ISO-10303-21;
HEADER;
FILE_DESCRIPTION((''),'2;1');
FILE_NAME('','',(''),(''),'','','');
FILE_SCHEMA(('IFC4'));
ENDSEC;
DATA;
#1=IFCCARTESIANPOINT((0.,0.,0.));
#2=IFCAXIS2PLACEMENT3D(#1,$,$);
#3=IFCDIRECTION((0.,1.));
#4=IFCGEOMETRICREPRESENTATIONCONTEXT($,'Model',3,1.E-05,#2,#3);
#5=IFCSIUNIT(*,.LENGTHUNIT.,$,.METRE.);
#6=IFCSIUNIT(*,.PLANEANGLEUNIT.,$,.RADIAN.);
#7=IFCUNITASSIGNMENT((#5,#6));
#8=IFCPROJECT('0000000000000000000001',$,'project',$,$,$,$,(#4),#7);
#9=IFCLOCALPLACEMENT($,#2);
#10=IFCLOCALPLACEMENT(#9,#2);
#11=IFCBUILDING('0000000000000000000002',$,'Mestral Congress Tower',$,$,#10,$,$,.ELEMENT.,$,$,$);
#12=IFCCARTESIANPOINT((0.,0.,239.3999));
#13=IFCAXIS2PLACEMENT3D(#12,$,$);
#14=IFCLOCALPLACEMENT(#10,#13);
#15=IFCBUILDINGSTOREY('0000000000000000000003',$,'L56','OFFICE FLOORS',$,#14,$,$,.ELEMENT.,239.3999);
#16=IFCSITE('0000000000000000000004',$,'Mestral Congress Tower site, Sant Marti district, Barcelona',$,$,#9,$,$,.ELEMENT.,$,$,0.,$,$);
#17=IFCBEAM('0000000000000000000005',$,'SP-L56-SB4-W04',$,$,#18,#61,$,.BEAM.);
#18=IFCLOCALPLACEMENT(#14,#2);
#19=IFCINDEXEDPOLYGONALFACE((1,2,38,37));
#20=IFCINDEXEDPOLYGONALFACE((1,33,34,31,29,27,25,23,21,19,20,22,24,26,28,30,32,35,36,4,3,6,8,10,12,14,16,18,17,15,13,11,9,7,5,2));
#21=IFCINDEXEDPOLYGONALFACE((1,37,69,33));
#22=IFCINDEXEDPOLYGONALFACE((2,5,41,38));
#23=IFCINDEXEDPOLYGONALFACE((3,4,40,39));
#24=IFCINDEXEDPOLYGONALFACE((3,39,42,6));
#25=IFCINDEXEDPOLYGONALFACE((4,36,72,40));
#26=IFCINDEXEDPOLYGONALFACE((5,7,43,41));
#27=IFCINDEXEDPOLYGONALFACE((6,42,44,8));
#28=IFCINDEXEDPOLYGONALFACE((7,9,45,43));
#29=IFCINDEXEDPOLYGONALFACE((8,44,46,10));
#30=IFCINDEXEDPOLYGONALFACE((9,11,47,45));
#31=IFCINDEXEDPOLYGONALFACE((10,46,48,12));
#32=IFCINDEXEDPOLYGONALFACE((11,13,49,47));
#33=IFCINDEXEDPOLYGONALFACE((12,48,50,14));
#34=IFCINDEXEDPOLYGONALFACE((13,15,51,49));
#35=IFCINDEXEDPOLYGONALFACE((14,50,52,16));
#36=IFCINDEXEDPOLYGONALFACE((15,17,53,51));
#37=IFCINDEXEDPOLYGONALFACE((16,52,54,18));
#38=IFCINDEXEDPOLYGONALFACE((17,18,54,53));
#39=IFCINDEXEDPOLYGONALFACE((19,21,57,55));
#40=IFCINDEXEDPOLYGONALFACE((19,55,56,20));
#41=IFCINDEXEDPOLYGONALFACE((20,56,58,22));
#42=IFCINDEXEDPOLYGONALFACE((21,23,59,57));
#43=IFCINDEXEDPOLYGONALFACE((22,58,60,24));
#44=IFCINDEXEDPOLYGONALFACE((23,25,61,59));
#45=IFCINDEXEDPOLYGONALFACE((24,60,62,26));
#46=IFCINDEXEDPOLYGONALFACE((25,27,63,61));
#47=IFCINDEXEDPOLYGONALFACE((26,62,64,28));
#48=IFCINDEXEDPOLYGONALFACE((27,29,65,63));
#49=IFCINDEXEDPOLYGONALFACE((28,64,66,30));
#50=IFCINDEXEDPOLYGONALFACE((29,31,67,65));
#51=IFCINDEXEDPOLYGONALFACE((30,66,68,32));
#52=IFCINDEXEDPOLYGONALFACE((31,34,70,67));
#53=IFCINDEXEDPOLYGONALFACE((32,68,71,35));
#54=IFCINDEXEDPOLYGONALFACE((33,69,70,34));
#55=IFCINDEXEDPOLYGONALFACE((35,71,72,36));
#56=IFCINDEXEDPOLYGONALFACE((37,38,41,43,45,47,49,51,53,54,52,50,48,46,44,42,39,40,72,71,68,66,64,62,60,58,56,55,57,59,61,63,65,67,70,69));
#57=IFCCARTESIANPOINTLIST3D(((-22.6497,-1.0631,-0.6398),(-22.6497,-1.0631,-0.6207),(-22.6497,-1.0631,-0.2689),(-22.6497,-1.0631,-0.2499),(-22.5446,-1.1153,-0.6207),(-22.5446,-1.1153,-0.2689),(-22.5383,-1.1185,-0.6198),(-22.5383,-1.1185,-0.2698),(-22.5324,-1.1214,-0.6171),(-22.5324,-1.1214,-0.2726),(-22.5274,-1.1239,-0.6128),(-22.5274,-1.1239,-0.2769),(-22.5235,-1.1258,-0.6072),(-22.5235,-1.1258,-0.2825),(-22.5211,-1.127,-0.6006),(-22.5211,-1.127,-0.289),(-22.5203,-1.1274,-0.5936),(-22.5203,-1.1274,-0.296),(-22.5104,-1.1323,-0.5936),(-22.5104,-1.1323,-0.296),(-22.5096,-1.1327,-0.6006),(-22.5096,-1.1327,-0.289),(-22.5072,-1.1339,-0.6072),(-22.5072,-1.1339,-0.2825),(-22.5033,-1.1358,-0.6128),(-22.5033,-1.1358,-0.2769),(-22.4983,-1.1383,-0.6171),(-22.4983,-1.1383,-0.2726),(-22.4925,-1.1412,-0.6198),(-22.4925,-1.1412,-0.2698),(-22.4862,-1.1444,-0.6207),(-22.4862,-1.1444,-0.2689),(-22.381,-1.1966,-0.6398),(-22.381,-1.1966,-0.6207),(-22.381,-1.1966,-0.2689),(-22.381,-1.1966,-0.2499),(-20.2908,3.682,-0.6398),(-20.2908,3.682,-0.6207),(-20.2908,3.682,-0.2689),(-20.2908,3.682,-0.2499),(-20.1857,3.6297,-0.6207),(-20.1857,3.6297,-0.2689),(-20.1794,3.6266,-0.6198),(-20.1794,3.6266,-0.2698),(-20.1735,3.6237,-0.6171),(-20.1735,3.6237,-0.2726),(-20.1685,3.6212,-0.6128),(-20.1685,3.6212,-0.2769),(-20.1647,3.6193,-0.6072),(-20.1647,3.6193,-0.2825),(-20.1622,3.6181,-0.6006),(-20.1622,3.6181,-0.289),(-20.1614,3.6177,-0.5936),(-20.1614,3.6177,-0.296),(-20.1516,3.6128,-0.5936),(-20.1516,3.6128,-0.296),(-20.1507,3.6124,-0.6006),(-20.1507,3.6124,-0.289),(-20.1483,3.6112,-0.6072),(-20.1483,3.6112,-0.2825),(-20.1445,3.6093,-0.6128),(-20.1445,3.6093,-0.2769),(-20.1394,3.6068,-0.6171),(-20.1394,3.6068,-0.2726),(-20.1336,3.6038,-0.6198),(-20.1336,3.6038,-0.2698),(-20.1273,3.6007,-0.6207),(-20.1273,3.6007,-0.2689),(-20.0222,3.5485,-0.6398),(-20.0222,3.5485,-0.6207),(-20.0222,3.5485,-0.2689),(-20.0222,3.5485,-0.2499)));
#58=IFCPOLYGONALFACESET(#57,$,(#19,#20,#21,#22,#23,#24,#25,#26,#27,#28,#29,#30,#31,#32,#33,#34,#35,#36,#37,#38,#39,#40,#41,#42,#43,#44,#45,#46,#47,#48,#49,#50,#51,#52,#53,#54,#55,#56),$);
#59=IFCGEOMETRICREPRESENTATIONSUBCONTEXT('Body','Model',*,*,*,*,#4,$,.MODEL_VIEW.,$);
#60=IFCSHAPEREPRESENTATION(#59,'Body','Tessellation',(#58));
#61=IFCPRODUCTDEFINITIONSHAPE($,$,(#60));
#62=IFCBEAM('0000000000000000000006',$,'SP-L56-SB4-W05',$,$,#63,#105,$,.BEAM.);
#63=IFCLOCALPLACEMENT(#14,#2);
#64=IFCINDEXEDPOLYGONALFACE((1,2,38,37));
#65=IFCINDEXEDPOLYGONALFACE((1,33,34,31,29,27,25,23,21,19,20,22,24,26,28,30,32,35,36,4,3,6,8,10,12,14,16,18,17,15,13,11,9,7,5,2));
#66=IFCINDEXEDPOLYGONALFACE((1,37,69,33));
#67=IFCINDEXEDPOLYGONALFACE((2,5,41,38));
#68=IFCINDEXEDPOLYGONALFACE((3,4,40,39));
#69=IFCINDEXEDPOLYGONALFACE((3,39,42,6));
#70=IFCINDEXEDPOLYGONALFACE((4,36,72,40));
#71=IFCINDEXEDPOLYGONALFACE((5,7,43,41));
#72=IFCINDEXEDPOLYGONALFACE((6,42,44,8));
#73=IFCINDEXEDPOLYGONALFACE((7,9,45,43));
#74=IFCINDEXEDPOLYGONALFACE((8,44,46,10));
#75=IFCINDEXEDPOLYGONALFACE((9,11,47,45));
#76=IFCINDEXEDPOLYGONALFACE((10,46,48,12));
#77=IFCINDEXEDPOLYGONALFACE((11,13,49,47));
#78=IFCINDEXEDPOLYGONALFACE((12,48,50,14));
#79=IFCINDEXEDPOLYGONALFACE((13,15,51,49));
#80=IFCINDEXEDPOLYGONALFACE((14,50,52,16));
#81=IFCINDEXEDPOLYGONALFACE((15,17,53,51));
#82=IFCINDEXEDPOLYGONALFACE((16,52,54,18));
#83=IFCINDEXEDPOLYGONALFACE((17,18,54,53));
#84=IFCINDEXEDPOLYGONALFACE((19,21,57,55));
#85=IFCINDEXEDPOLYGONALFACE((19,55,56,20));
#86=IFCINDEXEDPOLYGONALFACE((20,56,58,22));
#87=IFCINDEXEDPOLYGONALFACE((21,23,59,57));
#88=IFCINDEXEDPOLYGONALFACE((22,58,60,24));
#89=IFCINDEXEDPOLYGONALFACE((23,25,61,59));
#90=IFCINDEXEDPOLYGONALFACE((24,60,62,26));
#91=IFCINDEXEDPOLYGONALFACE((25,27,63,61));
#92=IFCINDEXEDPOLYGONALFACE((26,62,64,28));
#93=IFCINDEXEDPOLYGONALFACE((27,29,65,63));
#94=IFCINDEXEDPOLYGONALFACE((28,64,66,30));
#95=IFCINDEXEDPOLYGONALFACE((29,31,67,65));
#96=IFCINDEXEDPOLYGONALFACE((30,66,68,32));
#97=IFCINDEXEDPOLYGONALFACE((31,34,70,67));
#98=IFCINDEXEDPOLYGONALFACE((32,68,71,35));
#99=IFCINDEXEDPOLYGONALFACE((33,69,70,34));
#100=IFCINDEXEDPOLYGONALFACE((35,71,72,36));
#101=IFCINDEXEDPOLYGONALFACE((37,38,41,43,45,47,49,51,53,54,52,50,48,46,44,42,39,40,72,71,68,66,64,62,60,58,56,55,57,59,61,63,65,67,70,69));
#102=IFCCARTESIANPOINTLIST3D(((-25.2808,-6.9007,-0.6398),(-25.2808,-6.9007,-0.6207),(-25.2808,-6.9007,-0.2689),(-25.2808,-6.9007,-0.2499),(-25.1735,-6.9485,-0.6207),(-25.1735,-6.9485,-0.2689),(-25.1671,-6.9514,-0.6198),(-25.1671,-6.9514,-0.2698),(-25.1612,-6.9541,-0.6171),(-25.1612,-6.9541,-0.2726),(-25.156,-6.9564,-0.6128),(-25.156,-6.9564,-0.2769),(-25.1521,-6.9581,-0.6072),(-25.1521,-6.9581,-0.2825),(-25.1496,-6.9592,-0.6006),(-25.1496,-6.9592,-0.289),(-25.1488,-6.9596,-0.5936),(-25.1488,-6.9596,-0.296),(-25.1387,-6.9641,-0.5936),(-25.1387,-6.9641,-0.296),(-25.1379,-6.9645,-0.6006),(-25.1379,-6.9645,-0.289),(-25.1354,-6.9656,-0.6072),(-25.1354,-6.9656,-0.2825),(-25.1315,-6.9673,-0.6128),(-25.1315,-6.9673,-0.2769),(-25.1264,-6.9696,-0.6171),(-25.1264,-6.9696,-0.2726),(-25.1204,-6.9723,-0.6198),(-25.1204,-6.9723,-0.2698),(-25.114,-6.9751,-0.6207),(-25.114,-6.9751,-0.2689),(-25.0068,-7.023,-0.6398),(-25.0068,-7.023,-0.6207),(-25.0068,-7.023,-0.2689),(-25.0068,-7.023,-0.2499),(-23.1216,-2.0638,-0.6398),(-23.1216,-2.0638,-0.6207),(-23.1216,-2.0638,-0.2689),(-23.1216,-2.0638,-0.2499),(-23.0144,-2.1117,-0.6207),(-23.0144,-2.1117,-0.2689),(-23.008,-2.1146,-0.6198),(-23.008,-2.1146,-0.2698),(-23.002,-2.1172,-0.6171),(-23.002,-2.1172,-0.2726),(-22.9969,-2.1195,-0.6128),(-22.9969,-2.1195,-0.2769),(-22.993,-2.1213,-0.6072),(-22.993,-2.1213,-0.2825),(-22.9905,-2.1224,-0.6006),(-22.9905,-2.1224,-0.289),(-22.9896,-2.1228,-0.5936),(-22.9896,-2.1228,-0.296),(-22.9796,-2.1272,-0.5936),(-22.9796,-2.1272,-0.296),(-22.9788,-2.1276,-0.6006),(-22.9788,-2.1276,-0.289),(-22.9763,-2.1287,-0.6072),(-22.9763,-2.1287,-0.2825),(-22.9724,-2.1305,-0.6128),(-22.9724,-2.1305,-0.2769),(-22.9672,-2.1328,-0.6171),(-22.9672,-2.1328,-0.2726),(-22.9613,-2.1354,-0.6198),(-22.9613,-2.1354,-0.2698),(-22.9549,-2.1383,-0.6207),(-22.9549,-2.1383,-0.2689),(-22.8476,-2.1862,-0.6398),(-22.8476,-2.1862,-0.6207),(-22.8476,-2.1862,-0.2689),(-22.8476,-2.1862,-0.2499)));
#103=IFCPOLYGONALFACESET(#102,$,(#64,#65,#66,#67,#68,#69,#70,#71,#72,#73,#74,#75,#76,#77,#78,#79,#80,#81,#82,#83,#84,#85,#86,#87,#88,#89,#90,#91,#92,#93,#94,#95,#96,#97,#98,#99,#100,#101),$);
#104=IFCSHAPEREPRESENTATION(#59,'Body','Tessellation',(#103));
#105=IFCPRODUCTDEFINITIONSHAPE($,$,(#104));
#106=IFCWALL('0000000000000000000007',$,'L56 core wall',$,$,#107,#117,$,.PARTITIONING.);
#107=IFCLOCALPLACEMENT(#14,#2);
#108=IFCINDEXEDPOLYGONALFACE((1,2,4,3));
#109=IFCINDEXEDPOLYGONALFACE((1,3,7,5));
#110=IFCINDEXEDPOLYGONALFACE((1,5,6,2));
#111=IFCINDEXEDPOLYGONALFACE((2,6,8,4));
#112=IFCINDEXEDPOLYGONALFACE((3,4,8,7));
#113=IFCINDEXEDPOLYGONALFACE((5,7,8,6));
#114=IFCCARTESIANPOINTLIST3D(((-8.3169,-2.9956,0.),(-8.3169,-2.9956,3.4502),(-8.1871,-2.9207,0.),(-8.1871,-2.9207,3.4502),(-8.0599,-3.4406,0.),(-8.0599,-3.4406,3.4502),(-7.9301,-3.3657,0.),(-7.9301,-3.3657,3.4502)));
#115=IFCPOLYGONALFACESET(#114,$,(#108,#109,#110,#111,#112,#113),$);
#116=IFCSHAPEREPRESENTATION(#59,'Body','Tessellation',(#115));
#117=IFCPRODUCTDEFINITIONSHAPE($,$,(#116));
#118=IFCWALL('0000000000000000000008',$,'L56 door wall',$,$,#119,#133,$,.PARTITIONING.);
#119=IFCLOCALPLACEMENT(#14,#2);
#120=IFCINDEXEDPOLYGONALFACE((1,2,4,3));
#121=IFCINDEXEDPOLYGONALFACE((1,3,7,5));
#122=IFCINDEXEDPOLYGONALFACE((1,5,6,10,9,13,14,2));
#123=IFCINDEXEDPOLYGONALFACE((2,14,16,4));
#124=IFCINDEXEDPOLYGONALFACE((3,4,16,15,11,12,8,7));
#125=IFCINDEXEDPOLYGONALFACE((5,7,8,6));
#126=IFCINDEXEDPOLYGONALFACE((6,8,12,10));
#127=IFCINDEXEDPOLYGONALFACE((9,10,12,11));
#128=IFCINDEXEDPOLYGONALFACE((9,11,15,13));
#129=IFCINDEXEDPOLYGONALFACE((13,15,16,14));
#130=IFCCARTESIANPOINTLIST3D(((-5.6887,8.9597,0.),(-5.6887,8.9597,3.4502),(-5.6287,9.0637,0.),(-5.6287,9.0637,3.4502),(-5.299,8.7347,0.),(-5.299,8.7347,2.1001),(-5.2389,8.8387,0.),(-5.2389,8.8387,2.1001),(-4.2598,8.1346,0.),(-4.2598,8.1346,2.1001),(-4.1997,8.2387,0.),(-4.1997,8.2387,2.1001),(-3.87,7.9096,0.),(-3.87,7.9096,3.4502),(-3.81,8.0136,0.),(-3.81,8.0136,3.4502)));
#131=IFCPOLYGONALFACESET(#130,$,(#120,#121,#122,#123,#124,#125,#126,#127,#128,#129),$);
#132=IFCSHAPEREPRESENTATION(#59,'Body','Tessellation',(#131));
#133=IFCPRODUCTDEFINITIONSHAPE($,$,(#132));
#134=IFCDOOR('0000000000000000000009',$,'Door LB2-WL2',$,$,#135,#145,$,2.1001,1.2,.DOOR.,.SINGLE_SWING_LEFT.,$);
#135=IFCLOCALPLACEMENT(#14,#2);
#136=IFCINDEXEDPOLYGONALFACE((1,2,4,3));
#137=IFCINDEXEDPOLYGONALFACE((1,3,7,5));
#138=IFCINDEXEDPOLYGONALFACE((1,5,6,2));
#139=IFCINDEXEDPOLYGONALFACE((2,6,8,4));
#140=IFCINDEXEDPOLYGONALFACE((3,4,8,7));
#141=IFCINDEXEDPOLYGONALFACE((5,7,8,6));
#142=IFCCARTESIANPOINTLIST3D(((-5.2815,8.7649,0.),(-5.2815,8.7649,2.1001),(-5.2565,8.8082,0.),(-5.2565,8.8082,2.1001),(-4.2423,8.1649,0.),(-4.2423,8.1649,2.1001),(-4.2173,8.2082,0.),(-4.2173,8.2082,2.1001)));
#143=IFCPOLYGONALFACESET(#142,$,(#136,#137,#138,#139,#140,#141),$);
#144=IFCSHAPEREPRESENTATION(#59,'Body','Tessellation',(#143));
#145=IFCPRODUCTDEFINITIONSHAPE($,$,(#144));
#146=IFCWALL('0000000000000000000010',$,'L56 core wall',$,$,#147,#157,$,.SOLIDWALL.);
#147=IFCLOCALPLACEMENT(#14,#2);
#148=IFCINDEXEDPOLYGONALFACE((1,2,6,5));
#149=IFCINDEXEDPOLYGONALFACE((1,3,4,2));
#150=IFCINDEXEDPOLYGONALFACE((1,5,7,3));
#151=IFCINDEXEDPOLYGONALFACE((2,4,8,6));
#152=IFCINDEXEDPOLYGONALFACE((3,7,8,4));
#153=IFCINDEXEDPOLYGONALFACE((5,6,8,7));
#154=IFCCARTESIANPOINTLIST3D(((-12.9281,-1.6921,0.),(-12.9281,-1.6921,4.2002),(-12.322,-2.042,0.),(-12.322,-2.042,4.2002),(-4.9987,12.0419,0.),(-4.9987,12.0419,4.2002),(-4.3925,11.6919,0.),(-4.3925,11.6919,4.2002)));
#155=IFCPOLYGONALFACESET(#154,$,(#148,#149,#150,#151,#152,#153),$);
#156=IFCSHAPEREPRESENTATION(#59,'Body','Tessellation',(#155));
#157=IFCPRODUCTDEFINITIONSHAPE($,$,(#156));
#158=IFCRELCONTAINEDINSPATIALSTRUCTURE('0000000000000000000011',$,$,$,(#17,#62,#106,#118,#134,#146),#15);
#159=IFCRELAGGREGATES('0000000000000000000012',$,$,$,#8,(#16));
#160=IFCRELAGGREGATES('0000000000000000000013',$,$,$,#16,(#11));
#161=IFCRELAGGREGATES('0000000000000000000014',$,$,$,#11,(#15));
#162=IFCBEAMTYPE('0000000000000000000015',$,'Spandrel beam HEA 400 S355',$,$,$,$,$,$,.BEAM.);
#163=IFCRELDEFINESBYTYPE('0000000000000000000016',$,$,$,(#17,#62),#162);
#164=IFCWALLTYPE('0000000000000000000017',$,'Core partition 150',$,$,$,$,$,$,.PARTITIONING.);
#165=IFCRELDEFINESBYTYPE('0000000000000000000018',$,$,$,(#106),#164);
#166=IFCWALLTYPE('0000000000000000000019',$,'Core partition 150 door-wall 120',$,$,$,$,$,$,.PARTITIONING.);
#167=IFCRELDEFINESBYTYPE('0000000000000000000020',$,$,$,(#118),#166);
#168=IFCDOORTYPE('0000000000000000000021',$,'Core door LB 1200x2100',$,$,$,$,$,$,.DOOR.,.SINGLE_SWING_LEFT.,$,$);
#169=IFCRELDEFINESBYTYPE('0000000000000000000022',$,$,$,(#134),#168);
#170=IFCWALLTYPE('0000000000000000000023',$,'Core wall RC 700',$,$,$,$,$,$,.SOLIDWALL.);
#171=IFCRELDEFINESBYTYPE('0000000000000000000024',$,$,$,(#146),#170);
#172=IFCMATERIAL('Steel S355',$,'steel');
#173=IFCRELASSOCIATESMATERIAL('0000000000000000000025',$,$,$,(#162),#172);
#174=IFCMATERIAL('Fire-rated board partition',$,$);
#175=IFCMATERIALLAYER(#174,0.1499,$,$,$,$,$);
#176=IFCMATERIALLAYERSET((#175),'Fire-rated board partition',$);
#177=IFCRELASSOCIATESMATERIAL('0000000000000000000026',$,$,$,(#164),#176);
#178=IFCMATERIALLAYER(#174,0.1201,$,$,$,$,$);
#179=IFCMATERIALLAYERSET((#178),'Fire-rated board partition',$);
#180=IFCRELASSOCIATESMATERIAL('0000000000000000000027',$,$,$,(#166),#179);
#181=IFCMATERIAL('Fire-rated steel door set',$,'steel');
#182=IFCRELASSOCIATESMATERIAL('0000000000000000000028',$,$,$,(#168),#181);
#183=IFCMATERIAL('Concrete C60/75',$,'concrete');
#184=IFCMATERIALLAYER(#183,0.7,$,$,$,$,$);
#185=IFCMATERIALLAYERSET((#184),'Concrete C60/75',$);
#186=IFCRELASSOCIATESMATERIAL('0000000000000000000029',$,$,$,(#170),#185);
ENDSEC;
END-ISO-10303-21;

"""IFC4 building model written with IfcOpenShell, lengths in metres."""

from ifc_helpers import new_model, si_unit, direction, frame, frame_2d, origin, origin_2d, place, context, subcontext, project, spatial, rectangle, i_section, extrude, material, layer, layer_set, material_profile, profile_set, type_object, element, fill, save


model = new_model("IFC4")

# Units and contexts
model_context = context("Model", 3, precision=1e-05, world=origin(), true_north=direction((0.0, 1.0)))
body_context = subcontext(model_context, "Body", "Model", "MODEL_VIEW")
ifc_project = project(units=[si_unit("LENGTHUNIT", "METRE"), si_unit("PLANEANGLEUNIT", "RADIAN")], contexts=[model_context])

# Site, building, storey
site_placement = place(None, origin())
site = spatial("IfcSite", under=ifc_project, at=site_placement, Name="Mestral Congress Tower site, Sant Marti district, Barcelona", CompositionType="ELEMENT", RefElevation=0.0)
building_placement = place(site_placement, origin())
building = spatial("IfcBuilding", under=site, at=building_placement, Name="Mestral Congress Tower", CompositionType="ELEMENT")
storey_placement = place(building_placement, frame((0.0, 0.0, 239.3999)))
storey = spatial("IfcBuildingStorey", under=building, at=storey_placement, Name="L56", Description="OFFICE FLOORS", CompositionType="ELEMENT", Elevation=239.3999)

# Shared definitions
ifc_material_1 = material(Name="Concrete C60/75", Category="concrete")

# Beams
ifc_material_2 = material(Name="Steel S355", Category="steel")
ifc_material_profile_1 = material_profile(ifc_material_2, i_section(OverallWidth=0.3, OverallDepth=0.3899, WebThickness=0.011, FlangeThickness=0.019, FilletRadius=0.0271, at=origin_2d()), Name="HEA 400")
ifc_profile_set_1 = profile_set([ifc_material_profile_1], Name="Steel S355")
beam_type_1 = type_object("IfcBeamType", Name="Spandrel beam HEA 400 S355", PredefinedType="BEAM", material=ifc_profile_set_1)
beam_1_placement = place(storey_placement, frame((-20.1565, 3.6152, -0.4448), z_axis=(-0.445148, -0.895457, 0.0), x_axis=(0.895457, -0.445148, 0.0)))
element("IfcBeam", 1, at=beam_1_placement, inside=storey, type_object=beam_type_1, Name="SP-L56-SB4-W04", PredefinedType="BEAM", context=body_context, shape_type="SweptSolid", body=[
    extrude(i_section(OverallWidth=0.3, OverallDepth=0.3899, WebThickness=0.011, FlangeThickness=0.019, FilletRadius=0.0271, at=origin_2d()), origin(), (0.0, 0.0, 1.0), 5.2991),
])
beam_2_placement = place(storey_placement, frame((-22.9846, -2.125, -0.4448), z_axis=(-0.407626, -0.913149, 0.0), x_axis=(0.913149, -0.407626, 0.0)))
element("IfcBeam", 2, at=beam_2_placement, inside=storey, type_object=beam_type_1, Name="SP-L56-SB4-W05", PredefinedType="BEAM", context=body_context, shape_type="SweptSolid", body=[
    extrude(i_section(OverallWidth=0.3, OverallDepth=0.3899, WebThickness=0.011, FlangeThickness=0.019, FilletRadius=0.0271, at=origin_2d()), origin(), (0.0, 0.0, 1.0), 5.2969),
])

# Wall
ifc_material_3 = material(Name="Fire-rated board partition")
ifc_layer_1 = layer(ifc_material_3, 0.1499)
ifc_layer_set_1 = layer_set([ifc_layer_1], Name="Fire-rated board partition")
wall_type_1 = type_object("IfcWallType", Name="Core partition 150", PredefinedType="PARTITIONING", material=ifc_layer_set_1)
wall_1_placement = place(storey_placement, frame((-8.252, -2.9583, 0.0), z_axis=(0.0, 0.0, 1.0), x_axis=(0.500175, -0.865925, 0.0)))
element("IfcWall", 3, at=wall_1_placement, inside=storey, type_object=wall_type_1, Name="L56 core wall", PredefinedType="PARTITIONING", context=body_context, shape_type="SweptSolid", body=[
    extrude(rectangle(XDim=0.5139, YDim=0.1499, at=frame_2d((0.2568, 0.0))), origin(), (0.0, 0.0, 1.0), 3.4502),
])

# Wall, opening, door
ifc_layer_2 = layer(ifc_material_3, 0.1201)
ifc_layer_set_2 = layer_set([ifc_layer_2], Name="Fire-rated board partition")
wall_type_2 = type_object("IfcWallType", Name="Core partition 150 door-wall 120", PredefinedType="PARTITIONING", material=ifc_layer_set_2)
wall_2_placement = place(storey_placement, frame((-5.6587, 9.0117, 0.0), z_axis=(0.0, 0.0, 1.0), x_axis=(0.866009, -0.500028, 0.0)))
wall_2 = element("IfcWall", 4, at=wall_2_placement, inside=storey, type_object=wall_type_2, Name="L56 door wall", PredefinedType="PARTITIONING", context=body_context, shape_type="SweptSolid", body=[
    extrude(rectangle(XDim=2.1001, YDim=0.1201, at=frame_2d((1.05, 0.0))), origin(), (0.0, 0.0, 1.0), 3.4502),
])
opening_1_placement = place(wall_2_placement, frame((0.45, 0.0, 0.0)))
opening_1 = element("IfcOpeningElement", 5, at=opening_1_placement, cuts=wall_2, PredefinedType="OPENING", context=body_context, shape_type="SweptSolid", body=[
    extrude(rectangle(XDim=1.2, YDim=2.1001, at=frame_2d((0.6001, 1.05))), frame((0.0, 0.0701, 0.0), z_axis=(0.0, -1.0, 0.0), x_axis=(1.0, 0.0, 0.0)), (0.0, 0.0, 1.0), 0.1401),
])
ifc_material_4 = material(Name="Fire-rated steel door set", Category="steel")
door_type_1 = type_object("IfcDoorType", Name="Core door LB 1200x2100", OperationType="SINGLE_SWING_LEFT", PredefinedType="DOOR", material=ifc_material_4)
door_1_placement = place(opening_1_placement, origin())
door_1 = element("IfcDoor", 6, at=door_1_placement, inside=storey, type_object=door_type_1, Name="Door LB2-WL2", OperationType="SINGLE_SWING_LEFT", OverallHeight=2.1001, OverallWidth=1.2, PredefinedType="DOOR", context=body_context, shape_type="SweptSolid", body=[
    extrude(rectangle(XDim=1.2, YDim=2.1001, at=frame_2d((0.6001, 1.05))), frame((0.0, 0.0249, 0.0), z_axis=(0.0, -1.0, 0.0), x_axis=(1.0, 0.0, 0.0)), (0.0, 0.0, 1.0), 0.05),
])
fill(opening_1, door_1)

# Wall
ifc_layer_3 = layer(ifc_material_1, 0.7)
ifc_layer_set_3 = layer_set([ifc_layer_3], Name="Concrete C60/75")
wall_type_3 = type_object("IfcWallType", Name="Core wall RC 700", PredefinedType="SOLIDWALL", material=ifc_layer_set_3)
wall_3_placement = place(storey_placement, frame((-12.625, -1.8669, 0.0), z_axis=(0.0, 0.0, 1.0), x_axis=(0.500009, 0.86602, 0.0)))
element("IfcWall", 7, at=wall_3_placement, inside=storey, type_object=wall_type_3, Name="L56 core wall", PredefinedType="SOLIDWALL", context=body_context, shape_type="SweptSolid", body=[
    extrude(rectangle(XDim=15.8586, YDim=0.7, at=frame_2d((7.9292, 0.0))), origin(), (0.0, 0.0, 1.0), 4.2002),
])

save(model, "model.ifc")
